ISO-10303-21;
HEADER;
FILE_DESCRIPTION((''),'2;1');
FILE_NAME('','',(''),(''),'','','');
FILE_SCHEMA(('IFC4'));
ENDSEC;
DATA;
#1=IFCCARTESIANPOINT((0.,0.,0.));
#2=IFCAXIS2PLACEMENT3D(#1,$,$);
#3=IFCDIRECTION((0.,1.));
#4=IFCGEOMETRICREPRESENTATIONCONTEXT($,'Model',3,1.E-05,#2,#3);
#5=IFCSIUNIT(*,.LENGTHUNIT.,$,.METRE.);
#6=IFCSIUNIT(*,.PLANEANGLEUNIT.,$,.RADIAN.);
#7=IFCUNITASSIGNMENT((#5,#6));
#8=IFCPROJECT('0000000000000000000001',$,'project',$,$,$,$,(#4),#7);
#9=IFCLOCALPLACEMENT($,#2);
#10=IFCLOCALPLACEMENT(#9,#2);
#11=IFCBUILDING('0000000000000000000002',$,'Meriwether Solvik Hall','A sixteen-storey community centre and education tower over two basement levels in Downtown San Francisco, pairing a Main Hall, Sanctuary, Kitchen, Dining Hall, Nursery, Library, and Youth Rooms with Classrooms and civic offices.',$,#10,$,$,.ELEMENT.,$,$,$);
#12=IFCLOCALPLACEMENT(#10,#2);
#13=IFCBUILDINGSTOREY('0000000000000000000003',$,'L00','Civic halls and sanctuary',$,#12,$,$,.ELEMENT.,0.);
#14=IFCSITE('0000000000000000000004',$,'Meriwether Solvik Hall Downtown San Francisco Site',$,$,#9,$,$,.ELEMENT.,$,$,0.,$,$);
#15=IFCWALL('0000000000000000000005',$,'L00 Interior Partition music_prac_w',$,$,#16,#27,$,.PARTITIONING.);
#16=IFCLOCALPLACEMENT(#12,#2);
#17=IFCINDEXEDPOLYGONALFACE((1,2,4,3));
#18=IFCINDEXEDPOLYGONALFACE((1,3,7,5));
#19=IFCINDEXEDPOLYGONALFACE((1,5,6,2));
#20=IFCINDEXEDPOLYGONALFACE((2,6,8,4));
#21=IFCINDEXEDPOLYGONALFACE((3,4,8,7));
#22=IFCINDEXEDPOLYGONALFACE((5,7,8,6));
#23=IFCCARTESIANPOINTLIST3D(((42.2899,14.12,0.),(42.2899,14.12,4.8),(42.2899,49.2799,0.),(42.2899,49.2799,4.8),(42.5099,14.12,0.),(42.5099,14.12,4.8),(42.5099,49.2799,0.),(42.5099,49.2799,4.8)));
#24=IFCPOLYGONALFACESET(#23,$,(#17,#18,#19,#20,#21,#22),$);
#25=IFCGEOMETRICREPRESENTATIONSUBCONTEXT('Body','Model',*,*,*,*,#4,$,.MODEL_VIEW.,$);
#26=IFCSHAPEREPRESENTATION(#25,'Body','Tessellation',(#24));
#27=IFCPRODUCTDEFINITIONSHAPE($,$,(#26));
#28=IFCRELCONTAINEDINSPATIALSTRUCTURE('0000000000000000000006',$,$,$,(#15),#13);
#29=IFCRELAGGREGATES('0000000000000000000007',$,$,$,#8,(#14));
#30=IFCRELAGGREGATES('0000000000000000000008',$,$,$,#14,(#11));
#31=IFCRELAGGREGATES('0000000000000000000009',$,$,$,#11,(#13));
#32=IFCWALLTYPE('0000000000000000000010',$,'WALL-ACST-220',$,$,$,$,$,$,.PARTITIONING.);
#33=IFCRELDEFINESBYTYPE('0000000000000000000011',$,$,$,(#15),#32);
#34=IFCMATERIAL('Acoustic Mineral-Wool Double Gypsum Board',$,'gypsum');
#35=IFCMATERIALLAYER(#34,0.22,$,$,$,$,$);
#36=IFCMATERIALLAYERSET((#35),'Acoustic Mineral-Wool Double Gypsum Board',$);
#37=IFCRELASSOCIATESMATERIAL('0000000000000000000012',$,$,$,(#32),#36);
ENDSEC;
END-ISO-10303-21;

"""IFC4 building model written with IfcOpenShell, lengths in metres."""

from ifc_helpers import new_model, si_unit, direction, frame, frame_2d, origin, place, context, subcontext, project, spatial, rectangle, extrude, material, layer, layer_set, type_object, element, save


model = new_model("IFC4")

# Units and contexts
model_context = context("Model", 3, precision=1e-05, world=origin(), true_north=direction((0.0, 1.0)))
body_context = subcontext(model_context, "Body", "Model", "MODEL_VIEW")
ifc_project = project(units=[si_unit("LENGTHUNIT", "METRE"), si_unit("PLANEANGLEUNIT", "RADIAN")], contexts=[model_context])

# Site, building, storey
site_placement = place(None, origin())
site = spatial("IfcSite", under=ifc_project, at=site_placement, Name="Meriwether Solvik Hall Downtown San Francisco Site", CompositionType="ELEMENT", RefElevation=0.0)
building_placement = place(site_placement, origin())
building = spatial("IfcBuilding", under=site, at=building_placement, Name="Meriwether Solvik Hall", Description="A sixteen-storey community centre and education tower over two basement levels in Downtown San Francisco, pairing a Main Hall, Sanctuary, Kitchen, Dining Hall, Nursery, Library, and Youth Rooms with Classrooms and civic offices.", CompositionType="ELEMENT")
storey_placement = place(building_placement, origin())
storey = spatial("IfcBuildingStorey", under=building, at=storey_placement, Name="L00", Description="Civic halls and sanctuary", CompositionType="ELEMENT", Elevation=0.0)

# Wall
ifc_material_1 = material(Name="Acoustic Mineral-Wool Double Gypsum Board", Category="gypsum")
ifc_layer = layer(ifc_material_1, 0.22)
ifc_layer_set = layer_set([ifc_layer], Name="Acoustic Mineral-Wool Double Gypsum Board")
wall_type = type_object("IfcWallType", Name="WALL-ACST-220", PredefinedType="PARTITIONING", material=ifc_layer_set)
wall_1_placement = place(storey_placement, frame((42.3999, 49.28, 0.0), z_axis=(0.0, 0.0, 1.0), x_axis=(0.0, -1.0, 0.0)))
element("IfcWall", 1, at=wall_1_placement, inside=storey, type_object=wall_type, Name="L00 Interior Partition music_prac_w", PredefinedType="PARTITIONING", context=body_context, shape_type="SweptSolid", body=[
    extrude(rectangle(XDim=35.1599, YDim=0.22, at=frame_2d((17.5801, 0.0))), origin(), (0.0, 0.0, 1.0), 4.8),
])

save(model, "model.ifc")
